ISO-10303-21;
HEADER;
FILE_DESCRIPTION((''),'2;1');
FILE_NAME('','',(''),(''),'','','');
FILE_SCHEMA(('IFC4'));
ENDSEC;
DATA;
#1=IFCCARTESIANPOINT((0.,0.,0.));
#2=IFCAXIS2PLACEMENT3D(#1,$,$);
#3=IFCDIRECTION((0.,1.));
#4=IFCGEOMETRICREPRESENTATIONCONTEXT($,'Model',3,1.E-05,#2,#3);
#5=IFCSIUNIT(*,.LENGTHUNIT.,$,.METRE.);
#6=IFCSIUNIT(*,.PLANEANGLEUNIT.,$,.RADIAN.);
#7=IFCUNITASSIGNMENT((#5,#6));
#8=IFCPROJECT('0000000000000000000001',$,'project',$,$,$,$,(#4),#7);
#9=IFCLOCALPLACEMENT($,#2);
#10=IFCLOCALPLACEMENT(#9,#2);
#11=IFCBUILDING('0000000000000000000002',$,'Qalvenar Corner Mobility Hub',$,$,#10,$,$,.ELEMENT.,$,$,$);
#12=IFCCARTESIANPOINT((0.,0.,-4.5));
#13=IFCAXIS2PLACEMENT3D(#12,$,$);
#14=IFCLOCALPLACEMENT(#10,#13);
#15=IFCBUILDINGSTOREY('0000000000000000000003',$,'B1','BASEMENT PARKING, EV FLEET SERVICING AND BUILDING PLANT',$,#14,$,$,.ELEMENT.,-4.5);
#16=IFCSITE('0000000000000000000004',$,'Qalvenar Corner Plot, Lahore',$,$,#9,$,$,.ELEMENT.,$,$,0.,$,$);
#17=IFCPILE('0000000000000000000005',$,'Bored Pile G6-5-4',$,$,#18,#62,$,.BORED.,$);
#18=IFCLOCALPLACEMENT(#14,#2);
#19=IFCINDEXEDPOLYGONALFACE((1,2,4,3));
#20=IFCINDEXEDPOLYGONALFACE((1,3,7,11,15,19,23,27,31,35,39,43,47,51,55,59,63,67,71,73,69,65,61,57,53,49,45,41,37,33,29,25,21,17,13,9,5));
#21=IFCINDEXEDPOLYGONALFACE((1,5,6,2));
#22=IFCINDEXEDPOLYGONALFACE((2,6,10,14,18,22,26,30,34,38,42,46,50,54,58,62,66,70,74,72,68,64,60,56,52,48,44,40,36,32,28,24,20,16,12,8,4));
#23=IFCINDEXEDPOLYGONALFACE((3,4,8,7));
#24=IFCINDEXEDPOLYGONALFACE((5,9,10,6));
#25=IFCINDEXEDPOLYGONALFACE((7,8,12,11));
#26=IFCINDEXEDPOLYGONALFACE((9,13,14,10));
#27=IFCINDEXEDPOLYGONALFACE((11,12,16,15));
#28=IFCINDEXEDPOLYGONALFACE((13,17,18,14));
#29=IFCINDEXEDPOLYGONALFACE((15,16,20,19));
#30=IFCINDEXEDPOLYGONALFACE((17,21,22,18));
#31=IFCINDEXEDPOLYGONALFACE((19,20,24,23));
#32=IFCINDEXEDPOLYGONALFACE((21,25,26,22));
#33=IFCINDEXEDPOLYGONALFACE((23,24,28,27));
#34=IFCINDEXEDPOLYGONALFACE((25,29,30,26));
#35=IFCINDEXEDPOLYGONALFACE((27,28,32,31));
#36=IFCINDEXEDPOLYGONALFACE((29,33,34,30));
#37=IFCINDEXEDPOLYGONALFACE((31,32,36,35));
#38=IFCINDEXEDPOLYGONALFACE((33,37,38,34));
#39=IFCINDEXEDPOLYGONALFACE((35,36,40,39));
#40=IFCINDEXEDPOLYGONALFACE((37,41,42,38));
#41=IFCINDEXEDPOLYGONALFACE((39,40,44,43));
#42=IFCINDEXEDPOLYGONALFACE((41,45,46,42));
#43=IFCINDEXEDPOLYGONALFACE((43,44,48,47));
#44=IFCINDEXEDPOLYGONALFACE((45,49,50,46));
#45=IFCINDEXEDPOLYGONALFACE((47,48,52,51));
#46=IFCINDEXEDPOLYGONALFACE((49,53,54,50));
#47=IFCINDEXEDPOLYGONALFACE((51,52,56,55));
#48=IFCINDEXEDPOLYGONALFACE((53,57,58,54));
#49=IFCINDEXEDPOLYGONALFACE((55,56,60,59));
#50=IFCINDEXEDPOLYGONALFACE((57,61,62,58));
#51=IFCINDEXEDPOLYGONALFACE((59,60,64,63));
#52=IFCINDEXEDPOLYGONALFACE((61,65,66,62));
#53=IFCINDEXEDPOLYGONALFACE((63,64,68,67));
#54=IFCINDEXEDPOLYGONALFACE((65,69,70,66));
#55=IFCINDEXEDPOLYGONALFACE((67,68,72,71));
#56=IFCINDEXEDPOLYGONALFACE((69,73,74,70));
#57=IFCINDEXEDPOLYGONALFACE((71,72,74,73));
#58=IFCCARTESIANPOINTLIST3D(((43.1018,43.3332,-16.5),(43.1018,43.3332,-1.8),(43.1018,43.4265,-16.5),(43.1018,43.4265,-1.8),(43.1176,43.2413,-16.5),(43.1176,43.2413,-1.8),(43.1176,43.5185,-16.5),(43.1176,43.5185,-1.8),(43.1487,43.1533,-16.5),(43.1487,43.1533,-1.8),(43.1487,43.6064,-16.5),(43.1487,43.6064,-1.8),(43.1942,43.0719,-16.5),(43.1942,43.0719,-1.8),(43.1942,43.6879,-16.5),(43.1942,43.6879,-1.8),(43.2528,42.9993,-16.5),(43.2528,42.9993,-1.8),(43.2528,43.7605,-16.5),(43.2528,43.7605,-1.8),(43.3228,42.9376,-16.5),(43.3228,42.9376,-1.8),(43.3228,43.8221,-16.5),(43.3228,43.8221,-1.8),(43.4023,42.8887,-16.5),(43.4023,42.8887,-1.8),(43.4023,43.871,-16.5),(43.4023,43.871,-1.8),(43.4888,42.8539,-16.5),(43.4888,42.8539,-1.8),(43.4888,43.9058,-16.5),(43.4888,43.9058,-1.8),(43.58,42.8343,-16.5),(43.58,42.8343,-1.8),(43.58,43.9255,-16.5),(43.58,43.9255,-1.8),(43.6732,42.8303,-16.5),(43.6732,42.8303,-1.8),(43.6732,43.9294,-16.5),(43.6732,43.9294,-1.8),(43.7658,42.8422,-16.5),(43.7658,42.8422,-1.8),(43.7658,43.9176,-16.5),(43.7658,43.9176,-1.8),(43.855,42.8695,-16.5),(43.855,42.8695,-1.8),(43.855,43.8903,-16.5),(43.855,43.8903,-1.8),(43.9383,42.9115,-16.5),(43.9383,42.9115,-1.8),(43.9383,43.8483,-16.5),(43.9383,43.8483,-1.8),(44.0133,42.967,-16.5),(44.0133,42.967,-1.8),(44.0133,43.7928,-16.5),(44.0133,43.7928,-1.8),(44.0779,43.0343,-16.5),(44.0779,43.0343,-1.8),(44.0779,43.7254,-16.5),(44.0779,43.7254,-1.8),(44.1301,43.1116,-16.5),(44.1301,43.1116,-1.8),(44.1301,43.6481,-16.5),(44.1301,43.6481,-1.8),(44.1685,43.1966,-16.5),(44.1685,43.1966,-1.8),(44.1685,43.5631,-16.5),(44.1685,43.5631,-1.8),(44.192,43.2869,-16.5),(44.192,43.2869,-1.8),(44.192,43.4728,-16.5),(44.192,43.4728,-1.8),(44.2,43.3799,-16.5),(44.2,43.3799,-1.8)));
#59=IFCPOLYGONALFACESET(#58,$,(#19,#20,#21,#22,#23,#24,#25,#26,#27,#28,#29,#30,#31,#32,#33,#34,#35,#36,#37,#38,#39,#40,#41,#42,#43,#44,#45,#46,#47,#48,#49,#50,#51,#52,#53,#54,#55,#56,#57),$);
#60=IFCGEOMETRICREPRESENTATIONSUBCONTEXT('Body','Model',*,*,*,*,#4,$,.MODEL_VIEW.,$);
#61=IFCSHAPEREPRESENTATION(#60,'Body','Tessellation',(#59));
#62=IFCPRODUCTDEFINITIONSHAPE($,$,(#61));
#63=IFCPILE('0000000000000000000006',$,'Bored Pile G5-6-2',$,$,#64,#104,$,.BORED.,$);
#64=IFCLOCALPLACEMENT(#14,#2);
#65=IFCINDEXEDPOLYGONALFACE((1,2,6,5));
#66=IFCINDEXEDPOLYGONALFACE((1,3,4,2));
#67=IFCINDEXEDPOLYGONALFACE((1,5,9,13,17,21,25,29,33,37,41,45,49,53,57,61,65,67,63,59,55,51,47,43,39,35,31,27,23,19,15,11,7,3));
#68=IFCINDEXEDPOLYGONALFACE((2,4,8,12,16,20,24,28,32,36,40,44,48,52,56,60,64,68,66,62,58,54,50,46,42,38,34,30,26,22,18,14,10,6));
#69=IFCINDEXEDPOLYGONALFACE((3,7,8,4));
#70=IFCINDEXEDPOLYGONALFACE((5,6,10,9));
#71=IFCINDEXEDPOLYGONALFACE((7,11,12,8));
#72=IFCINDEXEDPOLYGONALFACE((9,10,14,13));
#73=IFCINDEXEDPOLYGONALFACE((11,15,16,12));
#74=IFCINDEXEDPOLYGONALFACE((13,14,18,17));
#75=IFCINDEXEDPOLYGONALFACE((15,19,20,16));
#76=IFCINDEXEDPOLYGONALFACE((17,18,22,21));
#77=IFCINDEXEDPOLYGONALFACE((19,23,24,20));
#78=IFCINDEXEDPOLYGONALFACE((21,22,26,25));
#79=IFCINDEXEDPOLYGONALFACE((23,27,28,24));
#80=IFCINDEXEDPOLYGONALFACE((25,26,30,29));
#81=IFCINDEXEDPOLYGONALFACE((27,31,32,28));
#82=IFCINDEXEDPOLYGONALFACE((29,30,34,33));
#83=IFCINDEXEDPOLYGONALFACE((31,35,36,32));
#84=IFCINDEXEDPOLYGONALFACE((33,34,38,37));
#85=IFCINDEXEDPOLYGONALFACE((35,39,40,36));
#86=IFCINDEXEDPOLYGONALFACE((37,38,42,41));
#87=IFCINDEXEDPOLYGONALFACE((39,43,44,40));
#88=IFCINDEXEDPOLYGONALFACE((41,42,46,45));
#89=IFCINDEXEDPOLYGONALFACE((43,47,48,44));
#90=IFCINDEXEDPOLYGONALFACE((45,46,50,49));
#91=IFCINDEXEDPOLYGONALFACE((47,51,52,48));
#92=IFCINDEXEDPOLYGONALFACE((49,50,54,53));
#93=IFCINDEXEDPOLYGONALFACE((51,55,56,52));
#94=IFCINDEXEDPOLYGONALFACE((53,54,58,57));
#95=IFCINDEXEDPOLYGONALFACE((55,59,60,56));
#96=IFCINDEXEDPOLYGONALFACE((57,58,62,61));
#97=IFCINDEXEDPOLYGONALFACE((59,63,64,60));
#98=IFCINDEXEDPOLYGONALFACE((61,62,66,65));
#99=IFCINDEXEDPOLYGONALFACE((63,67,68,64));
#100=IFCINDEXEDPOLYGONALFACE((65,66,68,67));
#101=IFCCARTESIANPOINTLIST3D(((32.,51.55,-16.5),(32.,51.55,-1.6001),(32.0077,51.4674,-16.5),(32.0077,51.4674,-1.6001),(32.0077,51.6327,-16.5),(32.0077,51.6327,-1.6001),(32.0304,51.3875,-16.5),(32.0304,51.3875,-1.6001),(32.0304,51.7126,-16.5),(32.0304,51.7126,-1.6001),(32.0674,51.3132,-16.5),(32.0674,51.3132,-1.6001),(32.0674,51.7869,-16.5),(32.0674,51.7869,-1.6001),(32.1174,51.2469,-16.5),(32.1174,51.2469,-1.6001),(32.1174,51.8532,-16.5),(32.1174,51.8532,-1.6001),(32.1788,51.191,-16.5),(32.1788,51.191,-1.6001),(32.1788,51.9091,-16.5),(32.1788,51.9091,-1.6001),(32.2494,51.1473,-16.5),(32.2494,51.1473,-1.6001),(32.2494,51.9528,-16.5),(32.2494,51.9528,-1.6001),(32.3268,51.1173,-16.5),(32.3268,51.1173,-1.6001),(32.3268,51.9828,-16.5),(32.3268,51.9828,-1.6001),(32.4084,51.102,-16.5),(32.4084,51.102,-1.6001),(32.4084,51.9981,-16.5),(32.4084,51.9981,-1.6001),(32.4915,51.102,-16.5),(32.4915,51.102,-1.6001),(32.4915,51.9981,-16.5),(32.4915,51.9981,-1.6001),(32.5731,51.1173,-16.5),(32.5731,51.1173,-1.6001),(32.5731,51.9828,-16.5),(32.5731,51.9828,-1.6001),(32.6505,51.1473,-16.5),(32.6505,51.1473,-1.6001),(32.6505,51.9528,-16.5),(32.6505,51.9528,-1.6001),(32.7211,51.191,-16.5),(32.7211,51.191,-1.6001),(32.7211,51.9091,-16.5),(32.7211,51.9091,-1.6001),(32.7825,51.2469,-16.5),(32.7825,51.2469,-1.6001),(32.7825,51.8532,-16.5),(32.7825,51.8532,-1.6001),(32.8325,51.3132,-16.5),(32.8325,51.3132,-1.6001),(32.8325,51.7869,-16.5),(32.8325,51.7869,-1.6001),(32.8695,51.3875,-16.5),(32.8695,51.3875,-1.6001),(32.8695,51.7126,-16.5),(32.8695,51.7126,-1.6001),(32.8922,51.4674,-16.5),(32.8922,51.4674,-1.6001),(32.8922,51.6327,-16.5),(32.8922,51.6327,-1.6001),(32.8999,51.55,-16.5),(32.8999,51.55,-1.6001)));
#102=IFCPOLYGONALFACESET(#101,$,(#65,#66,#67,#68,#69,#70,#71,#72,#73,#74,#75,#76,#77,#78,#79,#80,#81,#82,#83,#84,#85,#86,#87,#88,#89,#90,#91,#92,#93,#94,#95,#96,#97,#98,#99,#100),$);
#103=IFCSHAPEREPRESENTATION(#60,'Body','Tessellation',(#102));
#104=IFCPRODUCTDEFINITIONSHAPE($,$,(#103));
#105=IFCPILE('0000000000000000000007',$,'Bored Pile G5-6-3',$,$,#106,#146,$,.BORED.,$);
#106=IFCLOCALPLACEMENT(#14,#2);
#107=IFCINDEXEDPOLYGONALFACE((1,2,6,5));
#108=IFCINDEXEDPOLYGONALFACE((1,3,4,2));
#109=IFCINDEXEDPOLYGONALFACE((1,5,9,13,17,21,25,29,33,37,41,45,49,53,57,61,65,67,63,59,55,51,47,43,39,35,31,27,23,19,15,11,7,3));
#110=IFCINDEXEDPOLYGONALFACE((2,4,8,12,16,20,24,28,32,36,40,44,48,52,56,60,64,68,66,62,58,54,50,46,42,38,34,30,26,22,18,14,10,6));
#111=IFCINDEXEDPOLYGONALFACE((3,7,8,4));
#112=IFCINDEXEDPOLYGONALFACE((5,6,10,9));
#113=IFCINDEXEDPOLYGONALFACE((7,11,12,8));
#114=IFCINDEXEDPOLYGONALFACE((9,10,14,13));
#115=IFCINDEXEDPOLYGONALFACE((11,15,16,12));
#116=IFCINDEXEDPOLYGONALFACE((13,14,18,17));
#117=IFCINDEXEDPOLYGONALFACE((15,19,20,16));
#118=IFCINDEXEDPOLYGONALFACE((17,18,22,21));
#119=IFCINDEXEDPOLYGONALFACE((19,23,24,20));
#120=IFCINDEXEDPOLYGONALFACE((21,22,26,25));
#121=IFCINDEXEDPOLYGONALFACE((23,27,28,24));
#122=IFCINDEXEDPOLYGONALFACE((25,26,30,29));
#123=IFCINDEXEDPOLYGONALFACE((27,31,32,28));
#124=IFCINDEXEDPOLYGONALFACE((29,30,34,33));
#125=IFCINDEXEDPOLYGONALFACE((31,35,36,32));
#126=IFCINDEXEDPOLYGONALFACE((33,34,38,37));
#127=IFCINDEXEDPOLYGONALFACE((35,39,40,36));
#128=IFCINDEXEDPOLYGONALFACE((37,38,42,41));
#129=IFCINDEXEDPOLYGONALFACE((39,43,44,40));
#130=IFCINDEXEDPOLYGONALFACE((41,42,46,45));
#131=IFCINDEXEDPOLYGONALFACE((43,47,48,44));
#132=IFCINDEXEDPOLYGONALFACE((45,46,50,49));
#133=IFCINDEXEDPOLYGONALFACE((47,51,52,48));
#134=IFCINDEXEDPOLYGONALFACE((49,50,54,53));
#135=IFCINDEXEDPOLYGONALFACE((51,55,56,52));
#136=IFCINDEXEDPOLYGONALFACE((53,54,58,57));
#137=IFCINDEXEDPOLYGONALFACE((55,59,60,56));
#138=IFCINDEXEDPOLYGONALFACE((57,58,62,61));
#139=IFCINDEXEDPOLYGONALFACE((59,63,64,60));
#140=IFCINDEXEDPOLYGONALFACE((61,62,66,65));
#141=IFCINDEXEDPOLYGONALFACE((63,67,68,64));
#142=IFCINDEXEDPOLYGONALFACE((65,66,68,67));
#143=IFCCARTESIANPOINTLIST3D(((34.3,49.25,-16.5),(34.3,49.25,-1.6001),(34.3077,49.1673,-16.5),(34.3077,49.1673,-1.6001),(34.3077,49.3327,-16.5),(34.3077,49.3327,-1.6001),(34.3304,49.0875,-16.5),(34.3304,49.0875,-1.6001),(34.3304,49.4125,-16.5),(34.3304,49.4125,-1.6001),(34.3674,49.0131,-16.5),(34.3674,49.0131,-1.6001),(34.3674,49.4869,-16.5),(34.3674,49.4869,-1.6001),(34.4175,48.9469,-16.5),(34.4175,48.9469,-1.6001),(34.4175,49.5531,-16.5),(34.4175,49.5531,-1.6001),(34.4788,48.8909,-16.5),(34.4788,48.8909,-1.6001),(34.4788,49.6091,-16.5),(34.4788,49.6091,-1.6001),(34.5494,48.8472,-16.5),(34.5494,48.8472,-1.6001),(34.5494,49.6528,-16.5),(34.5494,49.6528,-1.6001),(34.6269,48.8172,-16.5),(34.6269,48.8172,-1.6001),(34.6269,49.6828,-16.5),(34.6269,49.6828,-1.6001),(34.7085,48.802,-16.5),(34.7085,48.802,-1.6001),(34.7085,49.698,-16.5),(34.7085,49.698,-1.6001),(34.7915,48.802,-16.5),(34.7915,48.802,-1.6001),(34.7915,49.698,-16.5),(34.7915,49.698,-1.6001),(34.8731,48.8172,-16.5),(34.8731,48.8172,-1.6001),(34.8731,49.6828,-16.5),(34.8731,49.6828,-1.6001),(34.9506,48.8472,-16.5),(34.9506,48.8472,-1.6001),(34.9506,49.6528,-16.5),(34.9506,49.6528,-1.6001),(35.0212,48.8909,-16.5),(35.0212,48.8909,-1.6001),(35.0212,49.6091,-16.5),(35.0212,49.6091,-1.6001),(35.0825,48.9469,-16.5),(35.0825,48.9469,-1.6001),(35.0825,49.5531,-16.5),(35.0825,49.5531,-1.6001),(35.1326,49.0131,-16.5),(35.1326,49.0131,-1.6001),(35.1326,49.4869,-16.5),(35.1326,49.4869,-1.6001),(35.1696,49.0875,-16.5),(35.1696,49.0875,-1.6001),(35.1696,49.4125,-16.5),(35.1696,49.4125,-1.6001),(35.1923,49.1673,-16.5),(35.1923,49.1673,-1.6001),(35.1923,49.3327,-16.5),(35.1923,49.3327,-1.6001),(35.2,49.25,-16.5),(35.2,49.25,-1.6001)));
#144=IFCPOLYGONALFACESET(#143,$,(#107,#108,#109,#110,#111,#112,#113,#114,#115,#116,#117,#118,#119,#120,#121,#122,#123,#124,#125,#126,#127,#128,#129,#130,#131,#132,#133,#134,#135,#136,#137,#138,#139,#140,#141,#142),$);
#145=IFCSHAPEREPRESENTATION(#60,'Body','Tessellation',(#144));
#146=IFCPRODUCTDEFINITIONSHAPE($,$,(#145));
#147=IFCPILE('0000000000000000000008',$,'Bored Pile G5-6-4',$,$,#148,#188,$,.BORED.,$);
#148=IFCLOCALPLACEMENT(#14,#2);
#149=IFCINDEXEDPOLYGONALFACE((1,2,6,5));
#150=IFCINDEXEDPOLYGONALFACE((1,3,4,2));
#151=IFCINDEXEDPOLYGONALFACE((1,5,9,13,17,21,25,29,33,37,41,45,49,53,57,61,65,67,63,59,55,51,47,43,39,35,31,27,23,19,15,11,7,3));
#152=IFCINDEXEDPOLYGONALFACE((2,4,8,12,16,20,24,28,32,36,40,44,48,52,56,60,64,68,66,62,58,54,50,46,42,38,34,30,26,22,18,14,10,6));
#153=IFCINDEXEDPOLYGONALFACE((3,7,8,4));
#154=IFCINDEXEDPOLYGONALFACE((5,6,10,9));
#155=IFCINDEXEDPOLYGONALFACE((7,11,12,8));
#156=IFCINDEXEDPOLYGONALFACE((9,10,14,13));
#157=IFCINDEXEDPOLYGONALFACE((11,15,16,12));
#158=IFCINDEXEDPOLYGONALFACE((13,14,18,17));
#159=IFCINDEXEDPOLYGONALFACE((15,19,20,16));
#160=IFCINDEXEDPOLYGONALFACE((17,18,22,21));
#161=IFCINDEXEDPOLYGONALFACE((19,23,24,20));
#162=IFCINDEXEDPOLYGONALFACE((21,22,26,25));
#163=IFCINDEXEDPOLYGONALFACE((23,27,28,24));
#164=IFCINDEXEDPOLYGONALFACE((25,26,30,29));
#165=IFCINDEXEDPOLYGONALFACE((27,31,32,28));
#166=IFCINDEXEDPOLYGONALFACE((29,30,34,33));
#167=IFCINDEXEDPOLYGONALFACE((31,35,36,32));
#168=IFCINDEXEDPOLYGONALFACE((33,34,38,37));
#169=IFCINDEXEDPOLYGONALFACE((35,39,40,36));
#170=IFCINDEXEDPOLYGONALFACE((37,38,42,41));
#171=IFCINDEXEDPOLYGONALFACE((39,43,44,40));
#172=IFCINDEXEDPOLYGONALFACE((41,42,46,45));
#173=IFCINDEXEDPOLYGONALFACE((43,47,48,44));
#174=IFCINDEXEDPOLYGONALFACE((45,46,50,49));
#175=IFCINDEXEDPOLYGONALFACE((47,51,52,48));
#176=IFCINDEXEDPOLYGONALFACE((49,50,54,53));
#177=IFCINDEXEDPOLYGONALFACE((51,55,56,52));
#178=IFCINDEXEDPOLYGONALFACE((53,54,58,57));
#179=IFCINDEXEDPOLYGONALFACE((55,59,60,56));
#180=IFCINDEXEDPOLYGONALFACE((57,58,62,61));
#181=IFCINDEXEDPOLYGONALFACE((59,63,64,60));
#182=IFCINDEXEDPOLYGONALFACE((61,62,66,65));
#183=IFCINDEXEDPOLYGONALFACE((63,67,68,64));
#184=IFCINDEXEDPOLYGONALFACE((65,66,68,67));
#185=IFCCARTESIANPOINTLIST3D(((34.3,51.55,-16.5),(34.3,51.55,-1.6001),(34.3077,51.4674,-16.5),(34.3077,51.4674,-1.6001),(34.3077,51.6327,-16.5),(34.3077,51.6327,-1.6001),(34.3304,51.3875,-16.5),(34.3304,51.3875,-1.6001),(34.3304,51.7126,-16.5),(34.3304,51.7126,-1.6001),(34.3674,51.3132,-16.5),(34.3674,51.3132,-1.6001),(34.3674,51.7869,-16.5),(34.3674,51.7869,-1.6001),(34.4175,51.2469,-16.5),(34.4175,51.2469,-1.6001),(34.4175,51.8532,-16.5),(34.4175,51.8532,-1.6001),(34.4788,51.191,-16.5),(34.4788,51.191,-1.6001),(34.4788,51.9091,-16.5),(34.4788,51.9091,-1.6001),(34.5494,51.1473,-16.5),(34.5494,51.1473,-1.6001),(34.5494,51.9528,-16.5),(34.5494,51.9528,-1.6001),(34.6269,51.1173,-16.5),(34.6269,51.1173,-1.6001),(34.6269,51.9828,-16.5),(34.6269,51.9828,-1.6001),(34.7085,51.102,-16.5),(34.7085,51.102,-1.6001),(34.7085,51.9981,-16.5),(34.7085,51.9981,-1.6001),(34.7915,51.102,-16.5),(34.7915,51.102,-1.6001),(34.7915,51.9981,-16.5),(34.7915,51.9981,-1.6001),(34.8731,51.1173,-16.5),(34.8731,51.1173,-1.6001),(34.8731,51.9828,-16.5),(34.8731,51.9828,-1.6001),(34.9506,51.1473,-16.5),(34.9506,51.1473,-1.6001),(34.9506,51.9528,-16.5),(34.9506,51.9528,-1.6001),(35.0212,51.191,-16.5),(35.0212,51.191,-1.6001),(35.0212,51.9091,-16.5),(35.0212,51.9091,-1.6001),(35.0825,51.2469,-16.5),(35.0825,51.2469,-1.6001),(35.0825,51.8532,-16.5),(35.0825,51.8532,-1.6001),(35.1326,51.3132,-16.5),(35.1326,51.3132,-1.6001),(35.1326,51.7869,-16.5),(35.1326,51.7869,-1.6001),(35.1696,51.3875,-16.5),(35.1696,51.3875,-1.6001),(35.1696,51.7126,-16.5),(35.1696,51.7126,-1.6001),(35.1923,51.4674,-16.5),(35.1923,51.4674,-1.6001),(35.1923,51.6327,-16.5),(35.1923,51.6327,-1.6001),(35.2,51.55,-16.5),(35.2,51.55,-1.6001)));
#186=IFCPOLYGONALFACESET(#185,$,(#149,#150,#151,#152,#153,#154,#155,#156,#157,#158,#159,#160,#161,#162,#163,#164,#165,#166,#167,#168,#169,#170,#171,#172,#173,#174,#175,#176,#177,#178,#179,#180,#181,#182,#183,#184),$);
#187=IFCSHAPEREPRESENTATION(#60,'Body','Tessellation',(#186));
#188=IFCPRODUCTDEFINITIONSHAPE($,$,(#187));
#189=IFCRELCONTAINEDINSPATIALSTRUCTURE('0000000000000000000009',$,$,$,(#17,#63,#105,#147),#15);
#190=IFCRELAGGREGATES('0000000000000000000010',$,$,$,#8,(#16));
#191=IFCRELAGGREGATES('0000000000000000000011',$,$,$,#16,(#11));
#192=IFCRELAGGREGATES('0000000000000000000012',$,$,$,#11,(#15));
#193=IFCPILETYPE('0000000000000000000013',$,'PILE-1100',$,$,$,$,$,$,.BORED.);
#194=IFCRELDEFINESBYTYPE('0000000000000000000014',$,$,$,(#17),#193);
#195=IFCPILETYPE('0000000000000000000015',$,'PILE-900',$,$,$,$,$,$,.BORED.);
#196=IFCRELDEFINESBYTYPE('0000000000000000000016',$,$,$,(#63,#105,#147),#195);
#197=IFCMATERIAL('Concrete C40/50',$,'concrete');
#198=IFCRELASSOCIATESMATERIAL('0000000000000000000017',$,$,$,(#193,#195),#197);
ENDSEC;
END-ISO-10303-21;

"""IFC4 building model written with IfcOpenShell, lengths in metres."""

from ifc_helpers import new_model, si_unit, direction, frame, origin, origin_2d, place, context, subcontext, project, spatial, circle, extrude, material, material_profile, profile_set, type_object, element, save


model = new_model("IFC4")

# Units and contexts
model_context = context("Model", 3, precision=1e-05, world=origin(), true_north=direction((0.0, 1.0)))
body_context = subcontext(model_context, "Body", "Model", "MODEL_VIEW")
ifc_project = project(units=[si_unit("LENGTHUNIT", "METRE"), si_unit("PLANEANGLEUNIT", "RADIAN")], contexts=[model_context])

# Site, building, storey
site_placement = place(None, origin())
site = spatial("IfcSite", under=ifc_project, at=site_placement, Name="Qalvenar Corner Plot, Lahore", CompositionType="ELEMENT", RefElevation=0.0)
building_placement = place(site_placement, origin())
building = spatial("IfcBuilding", under=site, at=building_placement, Name="Qalvenar Corner Mobility Hub", CompositionType="ELEMENT")
storey_placement = place(building_placement, frame((0.0, 0.0, -4.5)))
storey = spatial("IfcBuildingStorey", under=building, at=storey_placement, Name="B1", Description="BASEMENT PARKING, EV FLEET SERVICING AND BUILDING PLANT", CompositionType="ELEMENT", Elevation=-4.5)

# Shared definitions
ifc_material_1 = material(Name="Concrete C40/50", Category="concrete")

# Piles
ifc_material_profile_1 = material_profile(ifc_material_1, circle(Radius=0.55, at=origin_2d()), Name="DIA1100")
ifc_profile_set_1 = profile_set([ifc_material_profile_1], Name="Concrete C40/50")
pile_type_1 = type_object("IfcPileType", Name="PILE-1100", PredefinedType="BORED", material=ifc_profile_set_1)
for number, where, z_axis, x_axis, name in (
    (1, (43.6499, 43.3799, -1.8), (0.0, 0.0, -1.0), (1.0, 0.0, 0.0), "Bored Pile G6-5-4"),
):
    element("IfcPile", number, at=place(storey_placement, frame(where, z_axis=z_axis, x_axis=x_axis)), inside=storey, type_object=pile_type_1, Name=name, PredefinedType="BORED", context=body_context, shape_type="SweptSolid", body=[
        extrude(circle(Radius=0.55, at=origin_2d()), origin(), (0.0, 0.0, 1.0), 14.7),
    ])
ifc_material_profile_2 = material_profile(ifc_material_1, circle(Radius=0.45, at=origin_2d()), Name="DIA900")
ifc_profile_set_2 = profile_set([ifc_material_profile_2], Name="Concrete C40/50")
pile_type_2 = type_object("IfcPileType", Name="PILE-900", PredefinedType="BORED", material=ifc_profile_set_2)
for number, where, z_axis, x_axis, name in (
    (2, (32.45, 51.55, -1.6001), (0.0, 0.0, -1.0), (1.0, 0.0, 0.0), "Bored Pile G5-6-2"),
    (3, (34.75, 49.25, -1.6001), (0.0, 0.0, -1.0), (1.0, 0.0, 0.0), "Bored Pile G5-6-3"),
    (4, (34.75, 51.55, -1.6001), (0.0, 0.0, -1.0), (1.0, 0.0, 0.0), "Bored Pile G5-6-4"),
):
    element("IfcPile", number, at=place(storey_placement, frame(where, z_axis=z_axis, x_axis=x_axis)), inside=storey, type_object=pile_type_2, Name=name, PredefinedType="BORED", context=body_context, shape_type="SweptSolid", body=[
        extrude(circle(Radius=0.45, at=origin_2d()), origin(), (0.0, 0.0, 1.0), 14.8999),
    ])

save(model, "model.ifc")
